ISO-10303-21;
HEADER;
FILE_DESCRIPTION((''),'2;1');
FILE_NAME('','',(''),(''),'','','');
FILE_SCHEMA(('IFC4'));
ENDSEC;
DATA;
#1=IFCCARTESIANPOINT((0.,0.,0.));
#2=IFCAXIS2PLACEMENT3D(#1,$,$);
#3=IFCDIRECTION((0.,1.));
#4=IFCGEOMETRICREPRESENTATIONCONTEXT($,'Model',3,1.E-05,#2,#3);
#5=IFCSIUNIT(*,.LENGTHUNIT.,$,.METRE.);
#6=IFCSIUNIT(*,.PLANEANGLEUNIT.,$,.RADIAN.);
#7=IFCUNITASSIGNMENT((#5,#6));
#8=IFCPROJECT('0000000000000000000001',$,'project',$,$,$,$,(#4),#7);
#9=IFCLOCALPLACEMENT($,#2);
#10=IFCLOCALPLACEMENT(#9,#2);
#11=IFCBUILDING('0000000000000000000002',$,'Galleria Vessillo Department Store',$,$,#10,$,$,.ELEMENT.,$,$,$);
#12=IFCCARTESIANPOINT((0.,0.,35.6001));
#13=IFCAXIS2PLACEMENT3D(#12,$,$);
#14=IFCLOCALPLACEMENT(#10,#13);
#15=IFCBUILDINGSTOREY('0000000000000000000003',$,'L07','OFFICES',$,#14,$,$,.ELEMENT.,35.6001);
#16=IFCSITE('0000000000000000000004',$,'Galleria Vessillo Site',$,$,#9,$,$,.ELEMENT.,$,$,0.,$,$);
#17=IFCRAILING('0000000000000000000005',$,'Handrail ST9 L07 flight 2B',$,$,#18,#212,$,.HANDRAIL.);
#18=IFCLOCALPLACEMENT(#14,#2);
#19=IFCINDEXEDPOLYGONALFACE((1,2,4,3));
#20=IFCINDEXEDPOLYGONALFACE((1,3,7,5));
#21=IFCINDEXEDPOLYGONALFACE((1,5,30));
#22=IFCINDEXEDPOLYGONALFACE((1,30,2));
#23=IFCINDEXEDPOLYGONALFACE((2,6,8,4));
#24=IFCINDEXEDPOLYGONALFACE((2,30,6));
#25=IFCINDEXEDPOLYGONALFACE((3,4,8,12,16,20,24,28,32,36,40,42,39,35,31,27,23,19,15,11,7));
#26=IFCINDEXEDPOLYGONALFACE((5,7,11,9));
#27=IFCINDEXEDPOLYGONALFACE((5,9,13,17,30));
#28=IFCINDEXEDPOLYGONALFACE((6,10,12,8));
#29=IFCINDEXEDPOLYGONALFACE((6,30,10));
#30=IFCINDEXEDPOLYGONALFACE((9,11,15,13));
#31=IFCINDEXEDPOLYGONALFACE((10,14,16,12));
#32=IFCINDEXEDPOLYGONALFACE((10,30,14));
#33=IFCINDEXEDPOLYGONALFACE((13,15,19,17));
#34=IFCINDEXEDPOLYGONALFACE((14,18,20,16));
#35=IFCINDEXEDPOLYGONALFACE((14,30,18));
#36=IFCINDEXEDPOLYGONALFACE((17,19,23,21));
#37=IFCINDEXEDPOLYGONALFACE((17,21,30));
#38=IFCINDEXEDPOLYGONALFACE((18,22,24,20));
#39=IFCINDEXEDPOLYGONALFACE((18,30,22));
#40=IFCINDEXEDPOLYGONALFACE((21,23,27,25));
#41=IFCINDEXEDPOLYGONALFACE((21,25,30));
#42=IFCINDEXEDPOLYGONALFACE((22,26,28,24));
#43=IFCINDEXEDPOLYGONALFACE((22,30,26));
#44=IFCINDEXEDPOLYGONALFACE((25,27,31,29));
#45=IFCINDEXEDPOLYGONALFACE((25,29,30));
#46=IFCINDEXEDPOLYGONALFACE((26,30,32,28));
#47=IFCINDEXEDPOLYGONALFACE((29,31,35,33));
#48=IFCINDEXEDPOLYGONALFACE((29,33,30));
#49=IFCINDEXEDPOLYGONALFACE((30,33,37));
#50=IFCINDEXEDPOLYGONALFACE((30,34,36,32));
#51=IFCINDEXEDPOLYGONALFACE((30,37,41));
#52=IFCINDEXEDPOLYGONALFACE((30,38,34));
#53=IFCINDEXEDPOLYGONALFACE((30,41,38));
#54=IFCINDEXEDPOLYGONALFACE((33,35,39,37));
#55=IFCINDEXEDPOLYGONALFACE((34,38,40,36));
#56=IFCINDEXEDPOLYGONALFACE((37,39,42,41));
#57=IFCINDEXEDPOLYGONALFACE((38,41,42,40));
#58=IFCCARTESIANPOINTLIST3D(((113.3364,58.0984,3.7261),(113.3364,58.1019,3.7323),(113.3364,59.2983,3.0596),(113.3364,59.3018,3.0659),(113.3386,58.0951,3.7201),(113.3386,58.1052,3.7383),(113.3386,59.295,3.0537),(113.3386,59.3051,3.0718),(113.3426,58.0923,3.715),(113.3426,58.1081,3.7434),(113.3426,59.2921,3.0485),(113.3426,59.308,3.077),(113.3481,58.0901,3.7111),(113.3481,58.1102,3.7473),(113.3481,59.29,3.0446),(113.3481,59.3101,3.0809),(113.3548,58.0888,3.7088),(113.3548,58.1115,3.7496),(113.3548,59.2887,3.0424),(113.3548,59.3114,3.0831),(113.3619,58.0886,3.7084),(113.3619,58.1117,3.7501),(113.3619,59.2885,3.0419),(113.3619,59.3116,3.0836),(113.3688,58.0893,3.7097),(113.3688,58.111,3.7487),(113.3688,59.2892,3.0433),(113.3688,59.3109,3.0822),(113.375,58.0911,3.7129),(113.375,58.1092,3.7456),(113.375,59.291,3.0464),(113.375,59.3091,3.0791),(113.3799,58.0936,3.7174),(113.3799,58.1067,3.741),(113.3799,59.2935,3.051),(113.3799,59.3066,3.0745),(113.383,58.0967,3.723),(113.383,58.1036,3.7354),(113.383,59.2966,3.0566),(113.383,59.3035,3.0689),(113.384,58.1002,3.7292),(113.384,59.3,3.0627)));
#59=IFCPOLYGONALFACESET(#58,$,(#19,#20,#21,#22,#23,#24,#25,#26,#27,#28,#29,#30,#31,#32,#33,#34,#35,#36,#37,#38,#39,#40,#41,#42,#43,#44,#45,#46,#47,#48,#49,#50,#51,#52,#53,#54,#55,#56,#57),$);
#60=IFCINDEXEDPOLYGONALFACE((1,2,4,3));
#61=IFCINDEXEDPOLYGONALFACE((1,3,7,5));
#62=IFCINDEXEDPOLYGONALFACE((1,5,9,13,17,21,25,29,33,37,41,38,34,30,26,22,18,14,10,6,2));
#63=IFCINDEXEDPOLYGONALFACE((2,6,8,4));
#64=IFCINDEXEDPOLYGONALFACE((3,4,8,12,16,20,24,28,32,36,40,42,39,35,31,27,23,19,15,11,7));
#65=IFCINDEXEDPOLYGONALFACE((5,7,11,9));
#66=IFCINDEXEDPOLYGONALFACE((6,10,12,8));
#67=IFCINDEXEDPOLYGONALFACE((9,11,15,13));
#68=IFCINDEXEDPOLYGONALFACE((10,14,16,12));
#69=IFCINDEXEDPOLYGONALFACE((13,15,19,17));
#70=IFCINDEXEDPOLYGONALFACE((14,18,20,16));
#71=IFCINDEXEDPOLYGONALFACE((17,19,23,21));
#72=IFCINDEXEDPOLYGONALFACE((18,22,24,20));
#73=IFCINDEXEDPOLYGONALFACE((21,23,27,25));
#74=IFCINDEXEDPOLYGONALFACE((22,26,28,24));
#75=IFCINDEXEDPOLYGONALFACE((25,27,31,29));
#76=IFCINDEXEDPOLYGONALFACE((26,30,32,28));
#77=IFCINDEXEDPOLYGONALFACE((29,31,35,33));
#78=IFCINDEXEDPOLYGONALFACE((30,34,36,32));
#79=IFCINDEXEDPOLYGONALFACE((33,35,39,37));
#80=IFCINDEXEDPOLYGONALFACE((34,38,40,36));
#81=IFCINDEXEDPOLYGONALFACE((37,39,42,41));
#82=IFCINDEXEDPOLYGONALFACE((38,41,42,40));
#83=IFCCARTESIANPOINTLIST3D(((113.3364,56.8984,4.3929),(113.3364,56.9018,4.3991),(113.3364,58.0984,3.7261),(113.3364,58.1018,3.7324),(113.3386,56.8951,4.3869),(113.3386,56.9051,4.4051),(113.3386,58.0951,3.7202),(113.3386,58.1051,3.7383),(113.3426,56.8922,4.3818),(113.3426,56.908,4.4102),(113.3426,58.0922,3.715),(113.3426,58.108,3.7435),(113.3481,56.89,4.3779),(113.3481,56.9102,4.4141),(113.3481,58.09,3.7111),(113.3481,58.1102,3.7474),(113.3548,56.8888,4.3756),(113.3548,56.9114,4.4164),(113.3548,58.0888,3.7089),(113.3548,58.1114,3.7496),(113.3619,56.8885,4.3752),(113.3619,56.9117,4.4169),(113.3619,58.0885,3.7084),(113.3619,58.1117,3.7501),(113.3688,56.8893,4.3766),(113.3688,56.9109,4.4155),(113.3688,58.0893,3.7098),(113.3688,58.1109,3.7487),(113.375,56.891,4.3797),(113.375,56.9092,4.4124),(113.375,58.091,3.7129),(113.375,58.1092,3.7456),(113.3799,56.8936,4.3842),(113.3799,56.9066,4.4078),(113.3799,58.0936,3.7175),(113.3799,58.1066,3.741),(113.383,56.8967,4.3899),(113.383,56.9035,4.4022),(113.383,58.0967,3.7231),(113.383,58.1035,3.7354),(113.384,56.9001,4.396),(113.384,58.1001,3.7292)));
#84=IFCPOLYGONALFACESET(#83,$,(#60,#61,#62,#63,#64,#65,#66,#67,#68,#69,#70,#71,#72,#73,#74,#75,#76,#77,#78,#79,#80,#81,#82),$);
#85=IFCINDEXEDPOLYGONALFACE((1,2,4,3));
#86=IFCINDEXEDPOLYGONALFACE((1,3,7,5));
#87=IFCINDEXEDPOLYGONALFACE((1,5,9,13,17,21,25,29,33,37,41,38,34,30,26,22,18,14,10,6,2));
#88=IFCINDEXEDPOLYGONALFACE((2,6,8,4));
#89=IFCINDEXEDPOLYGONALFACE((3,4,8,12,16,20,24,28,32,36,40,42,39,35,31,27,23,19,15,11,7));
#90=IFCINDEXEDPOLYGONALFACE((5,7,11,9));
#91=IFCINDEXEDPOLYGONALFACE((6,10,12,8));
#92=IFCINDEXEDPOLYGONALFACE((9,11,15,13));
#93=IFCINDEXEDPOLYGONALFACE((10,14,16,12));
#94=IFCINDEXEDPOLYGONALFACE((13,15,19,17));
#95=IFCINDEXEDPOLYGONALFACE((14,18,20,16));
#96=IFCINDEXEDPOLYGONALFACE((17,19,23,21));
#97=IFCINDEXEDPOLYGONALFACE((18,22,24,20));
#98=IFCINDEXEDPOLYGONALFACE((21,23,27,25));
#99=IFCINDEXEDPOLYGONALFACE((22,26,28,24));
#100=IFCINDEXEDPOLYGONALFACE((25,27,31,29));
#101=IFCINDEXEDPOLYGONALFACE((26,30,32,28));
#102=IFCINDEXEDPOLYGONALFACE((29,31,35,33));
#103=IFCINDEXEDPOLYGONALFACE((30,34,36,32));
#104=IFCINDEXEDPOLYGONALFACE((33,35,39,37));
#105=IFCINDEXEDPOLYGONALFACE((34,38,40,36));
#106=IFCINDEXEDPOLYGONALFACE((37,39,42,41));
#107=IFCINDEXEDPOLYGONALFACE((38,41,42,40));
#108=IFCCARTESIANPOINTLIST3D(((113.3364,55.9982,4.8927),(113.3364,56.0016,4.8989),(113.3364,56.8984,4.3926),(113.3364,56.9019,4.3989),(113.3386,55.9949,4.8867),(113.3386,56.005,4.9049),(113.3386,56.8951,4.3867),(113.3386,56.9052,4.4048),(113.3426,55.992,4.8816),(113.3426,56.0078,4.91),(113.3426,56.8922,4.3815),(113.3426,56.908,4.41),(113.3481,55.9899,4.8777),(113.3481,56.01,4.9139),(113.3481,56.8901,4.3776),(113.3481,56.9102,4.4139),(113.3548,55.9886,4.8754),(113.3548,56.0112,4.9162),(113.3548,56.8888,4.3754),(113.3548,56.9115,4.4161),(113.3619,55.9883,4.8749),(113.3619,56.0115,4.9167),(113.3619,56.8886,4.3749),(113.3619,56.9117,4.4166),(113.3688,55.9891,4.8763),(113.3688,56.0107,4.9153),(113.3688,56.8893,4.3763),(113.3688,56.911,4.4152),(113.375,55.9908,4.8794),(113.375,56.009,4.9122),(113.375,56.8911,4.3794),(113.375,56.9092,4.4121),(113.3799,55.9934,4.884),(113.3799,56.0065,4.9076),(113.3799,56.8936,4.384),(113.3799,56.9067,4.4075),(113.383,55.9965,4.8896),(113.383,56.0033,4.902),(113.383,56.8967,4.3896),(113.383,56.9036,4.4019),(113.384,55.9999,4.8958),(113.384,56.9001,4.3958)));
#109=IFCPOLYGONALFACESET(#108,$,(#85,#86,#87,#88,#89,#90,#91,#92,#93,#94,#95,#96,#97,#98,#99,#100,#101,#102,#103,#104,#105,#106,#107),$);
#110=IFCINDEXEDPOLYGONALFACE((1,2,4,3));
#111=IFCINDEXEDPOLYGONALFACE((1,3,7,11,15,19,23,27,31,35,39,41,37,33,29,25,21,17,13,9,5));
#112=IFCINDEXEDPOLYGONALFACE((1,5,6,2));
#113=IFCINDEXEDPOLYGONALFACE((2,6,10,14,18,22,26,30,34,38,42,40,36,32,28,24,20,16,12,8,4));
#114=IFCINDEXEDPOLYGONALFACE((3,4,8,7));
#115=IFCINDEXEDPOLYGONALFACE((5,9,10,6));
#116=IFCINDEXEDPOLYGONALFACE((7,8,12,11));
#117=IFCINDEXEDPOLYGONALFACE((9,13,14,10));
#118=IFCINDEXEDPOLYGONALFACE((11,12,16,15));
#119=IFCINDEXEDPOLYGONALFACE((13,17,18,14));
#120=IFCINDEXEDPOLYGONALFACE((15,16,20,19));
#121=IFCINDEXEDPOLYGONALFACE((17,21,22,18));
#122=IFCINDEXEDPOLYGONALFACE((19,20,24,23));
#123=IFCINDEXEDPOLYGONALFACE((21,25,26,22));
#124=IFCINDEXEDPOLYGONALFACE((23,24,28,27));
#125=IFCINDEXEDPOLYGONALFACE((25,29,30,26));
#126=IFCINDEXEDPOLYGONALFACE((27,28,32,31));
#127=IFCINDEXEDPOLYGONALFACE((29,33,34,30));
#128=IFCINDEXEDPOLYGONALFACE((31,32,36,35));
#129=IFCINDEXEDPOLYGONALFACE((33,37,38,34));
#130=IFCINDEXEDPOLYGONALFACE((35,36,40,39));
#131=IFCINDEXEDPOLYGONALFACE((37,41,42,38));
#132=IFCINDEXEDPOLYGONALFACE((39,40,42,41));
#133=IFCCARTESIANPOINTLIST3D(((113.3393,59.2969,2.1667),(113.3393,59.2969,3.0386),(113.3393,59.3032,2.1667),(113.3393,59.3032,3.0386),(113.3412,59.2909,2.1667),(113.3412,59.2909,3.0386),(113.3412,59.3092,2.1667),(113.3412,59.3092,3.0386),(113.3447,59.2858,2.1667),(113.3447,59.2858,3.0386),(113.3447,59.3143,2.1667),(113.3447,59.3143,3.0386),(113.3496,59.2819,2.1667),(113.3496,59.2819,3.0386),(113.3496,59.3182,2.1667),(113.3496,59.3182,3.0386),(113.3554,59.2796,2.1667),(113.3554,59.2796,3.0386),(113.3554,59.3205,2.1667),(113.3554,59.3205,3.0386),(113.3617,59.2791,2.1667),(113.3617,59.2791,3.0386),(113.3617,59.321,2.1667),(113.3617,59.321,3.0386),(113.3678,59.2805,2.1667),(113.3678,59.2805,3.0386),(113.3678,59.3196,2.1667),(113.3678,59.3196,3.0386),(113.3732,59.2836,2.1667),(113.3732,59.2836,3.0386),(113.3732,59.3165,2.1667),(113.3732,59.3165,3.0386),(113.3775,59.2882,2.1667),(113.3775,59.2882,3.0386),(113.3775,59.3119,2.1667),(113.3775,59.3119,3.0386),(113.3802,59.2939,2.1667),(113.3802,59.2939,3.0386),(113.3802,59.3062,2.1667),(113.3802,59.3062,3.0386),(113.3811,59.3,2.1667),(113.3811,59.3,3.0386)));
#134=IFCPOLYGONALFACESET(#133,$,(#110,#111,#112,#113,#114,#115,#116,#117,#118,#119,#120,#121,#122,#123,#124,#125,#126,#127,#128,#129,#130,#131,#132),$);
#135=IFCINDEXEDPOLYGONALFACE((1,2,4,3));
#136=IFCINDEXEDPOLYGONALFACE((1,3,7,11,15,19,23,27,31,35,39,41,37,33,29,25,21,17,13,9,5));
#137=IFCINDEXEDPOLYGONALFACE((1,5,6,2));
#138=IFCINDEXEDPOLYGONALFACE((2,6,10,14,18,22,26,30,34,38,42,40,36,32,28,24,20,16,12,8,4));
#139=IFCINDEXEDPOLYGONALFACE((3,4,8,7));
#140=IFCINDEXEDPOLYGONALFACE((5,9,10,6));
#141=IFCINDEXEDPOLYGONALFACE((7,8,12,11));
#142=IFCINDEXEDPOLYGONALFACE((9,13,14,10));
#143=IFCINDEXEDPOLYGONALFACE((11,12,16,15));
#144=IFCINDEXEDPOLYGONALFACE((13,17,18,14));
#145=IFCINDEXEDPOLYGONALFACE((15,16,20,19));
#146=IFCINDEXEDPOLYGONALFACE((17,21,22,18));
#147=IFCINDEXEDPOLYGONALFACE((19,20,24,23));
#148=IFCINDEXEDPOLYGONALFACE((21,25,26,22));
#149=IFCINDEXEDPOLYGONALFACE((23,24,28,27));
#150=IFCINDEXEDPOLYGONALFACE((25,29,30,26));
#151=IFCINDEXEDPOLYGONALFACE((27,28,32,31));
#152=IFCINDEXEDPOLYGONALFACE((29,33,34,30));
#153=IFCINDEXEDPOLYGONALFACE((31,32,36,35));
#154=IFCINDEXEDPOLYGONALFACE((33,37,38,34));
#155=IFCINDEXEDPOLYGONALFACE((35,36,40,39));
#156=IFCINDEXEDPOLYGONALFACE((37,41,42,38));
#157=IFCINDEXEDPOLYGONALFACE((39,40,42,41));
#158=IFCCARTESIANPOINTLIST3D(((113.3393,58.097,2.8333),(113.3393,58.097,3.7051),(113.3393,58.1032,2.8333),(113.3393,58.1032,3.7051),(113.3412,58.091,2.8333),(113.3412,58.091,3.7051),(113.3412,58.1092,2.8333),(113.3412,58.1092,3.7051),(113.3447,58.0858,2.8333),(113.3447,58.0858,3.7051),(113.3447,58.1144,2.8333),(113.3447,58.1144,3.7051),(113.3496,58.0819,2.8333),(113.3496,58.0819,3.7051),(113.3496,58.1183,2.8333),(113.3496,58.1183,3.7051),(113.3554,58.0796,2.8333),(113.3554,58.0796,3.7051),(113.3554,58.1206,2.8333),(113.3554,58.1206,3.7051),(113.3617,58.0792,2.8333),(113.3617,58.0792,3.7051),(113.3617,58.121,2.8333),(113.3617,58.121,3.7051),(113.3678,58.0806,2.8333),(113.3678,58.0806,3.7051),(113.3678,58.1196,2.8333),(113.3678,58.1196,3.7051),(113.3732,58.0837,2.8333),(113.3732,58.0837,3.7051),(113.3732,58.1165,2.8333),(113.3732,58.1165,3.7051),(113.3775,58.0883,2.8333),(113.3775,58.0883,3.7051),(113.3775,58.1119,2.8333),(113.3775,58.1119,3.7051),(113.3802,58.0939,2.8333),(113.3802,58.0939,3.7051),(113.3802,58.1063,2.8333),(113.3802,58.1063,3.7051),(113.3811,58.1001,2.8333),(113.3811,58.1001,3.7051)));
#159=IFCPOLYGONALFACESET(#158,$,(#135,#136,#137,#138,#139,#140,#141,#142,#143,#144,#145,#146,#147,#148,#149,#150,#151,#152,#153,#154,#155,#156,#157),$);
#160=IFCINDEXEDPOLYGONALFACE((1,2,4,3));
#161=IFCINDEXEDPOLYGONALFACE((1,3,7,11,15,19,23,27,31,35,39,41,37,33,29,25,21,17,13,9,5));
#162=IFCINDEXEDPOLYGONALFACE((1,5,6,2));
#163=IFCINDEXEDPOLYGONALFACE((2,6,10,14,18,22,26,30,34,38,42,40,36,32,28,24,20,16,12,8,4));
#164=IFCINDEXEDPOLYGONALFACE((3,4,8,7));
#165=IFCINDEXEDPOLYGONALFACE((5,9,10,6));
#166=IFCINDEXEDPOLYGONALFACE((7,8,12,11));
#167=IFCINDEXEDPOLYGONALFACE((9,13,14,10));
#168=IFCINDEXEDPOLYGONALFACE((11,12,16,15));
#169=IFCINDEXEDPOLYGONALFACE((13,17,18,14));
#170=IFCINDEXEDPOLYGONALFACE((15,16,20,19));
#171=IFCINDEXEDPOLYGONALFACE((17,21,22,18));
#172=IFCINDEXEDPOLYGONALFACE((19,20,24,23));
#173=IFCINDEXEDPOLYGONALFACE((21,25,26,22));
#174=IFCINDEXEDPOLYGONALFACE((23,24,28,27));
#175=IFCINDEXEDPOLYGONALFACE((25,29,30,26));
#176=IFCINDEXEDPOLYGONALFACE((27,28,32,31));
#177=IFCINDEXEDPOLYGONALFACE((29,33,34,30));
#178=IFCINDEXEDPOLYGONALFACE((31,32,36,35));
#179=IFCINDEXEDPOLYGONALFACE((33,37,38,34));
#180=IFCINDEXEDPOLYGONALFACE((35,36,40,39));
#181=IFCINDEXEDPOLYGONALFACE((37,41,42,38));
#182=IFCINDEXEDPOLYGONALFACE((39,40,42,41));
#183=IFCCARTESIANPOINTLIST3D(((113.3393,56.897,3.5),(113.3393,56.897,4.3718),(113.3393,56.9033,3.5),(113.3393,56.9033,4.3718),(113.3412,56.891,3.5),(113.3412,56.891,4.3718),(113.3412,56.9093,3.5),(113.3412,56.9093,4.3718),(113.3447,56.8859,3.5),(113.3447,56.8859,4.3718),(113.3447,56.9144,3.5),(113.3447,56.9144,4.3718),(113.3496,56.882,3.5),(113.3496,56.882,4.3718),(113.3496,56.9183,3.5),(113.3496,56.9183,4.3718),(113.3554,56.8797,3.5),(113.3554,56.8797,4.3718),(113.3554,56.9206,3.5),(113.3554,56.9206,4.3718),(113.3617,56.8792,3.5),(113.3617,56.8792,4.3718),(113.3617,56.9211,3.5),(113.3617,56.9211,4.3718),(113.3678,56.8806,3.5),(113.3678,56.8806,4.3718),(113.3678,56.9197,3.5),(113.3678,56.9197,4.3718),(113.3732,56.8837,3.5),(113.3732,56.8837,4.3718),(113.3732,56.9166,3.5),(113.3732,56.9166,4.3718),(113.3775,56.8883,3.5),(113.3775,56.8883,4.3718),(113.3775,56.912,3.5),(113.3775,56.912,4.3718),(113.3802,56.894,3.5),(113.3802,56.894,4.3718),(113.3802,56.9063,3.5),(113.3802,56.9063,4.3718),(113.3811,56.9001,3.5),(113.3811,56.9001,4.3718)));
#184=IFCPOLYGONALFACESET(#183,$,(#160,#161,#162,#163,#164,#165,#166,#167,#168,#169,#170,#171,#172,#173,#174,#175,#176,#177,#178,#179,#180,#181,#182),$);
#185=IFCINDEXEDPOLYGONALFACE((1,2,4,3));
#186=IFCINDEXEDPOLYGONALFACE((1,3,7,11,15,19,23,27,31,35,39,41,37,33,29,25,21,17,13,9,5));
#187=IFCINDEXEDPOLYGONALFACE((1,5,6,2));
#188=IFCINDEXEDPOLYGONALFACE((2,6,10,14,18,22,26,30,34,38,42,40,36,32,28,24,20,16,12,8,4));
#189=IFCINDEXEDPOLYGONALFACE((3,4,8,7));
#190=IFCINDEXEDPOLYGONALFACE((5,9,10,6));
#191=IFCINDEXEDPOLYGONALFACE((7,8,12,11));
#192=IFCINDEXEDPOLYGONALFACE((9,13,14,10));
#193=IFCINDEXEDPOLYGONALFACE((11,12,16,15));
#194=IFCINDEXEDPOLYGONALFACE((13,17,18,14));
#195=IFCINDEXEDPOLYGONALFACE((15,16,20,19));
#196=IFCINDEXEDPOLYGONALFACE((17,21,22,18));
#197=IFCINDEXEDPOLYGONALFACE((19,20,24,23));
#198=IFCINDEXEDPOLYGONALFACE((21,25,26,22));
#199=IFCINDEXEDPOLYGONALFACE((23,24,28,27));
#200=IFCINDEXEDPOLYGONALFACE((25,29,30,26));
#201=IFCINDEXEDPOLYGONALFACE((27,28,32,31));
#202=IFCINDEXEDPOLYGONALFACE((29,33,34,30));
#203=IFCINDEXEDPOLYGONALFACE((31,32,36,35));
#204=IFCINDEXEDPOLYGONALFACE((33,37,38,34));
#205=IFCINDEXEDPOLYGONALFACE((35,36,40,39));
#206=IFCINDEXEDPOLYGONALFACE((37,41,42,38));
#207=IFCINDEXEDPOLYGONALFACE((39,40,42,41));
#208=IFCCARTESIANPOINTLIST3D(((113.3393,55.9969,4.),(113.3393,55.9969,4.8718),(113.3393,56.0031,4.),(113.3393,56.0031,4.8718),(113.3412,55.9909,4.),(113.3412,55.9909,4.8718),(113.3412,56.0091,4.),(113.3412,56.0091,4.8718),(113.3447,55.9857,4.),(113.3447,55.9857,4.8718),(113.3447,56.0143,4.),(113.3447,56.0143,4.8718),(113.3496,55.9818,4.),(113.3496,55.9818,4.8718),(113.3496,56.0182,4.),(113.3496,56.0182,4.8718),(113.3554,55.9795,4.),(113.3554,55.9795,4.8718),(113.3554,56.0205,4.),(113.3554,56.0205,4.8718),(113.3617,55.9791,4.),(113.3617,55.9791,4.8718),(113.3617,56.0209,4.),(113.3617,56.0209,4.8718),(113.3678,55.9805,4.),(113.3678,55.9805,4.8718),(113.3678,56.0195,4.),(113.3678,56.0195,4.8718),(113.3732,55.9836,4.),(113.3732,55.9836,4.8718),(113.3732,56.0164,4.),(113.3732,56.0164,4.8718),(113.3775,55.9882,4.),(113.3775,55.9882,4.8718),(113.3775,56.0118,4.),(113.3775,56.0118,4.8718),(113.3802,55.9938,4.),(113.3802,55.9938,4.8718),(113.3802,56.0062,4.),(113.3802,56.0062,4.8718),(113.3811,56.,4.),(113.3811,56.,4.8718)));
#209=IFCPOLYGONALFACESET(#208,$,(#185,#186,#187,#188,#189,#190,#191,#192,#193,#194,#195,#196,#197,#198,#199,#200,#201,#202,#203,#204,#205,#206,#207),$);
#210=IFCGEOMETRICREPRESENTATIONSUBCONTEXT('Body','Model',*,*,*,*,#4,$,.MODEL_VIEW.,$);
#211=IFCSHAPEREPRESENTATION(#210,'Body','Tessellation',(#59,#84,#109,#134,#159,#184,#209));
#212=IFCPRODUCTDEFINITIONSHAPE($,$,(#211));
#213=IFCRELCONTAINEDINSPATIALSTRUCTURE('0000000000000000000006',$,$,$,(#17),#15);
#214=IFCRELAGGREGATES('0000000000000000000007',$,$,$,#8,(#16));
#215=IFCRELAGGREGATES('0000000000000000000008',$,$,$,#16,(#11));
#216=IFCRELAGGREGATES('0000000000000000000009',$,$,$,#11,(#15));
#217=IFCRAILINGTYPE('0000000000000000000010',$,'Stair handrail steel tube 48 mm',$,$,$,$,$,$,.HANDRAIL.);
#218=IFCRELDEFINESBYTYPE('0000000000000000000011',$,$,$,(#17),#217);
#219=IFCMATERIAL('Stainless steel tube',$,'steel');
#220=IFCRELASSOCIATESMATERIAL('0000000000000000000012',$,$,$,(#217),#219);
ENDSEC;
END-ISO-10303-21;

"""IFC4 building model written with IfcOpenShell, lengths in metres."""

from ifc_helpers import new_model, si_unit, direction, frame, origin, origin_2d, place, context, subcontext, project, spatial, circle, extrude, material, type_object, element, save


model = new_model("IFC4")

# Units and contexts
model_context = context("Model", 3, precision=1e-05, world=origin(), true_north=direction((0.0, 1.0)))
body_context = subcontext(model_context, "Body", "Model", "MODEL_VIEW")
ifc_project = project(units=[si_unit("LENGTHUNIT", "METRE"), si_unit("PLANEANGLEUNIT", "RADIAN")], contexts=[model_context])

# Site, building, storey
site_placement = place(None, origin())
site = spatial("IfcSite", under=ifc_project, at=site_placement, Name="Galleria Vessillo Site", CompositionType="ELEMENT", RefElevation=0.0)
building_placement = place(site_placement, origin())
building = spatial("IfcBuilding", under=site, at=building_placement, Name="Galleria Vessillo Department Store", CompositionType="ELEMENT")
storey_placement = place(building_placement, frame((0.0, 0.0, 35.6001)))
storey = spatial("IfcBuildingStorey", under=building, at=storey_placement, Name="L07", Description="OFFICES", CompositionType="ELEMENT", Elevation=35.6001)

# Railing
ifc_material_1 = material(Name="Stainless steel tube", Category="steel")
railing_type = type_object("IfcRailingType", Name="Stair handrail steel tube 48 mm", PredefinedType="HANDRAIL", material=ifc_material_1)
for number, where, name in (
    (1, (113.3601, 59.3, 2.1667), "Handrail ST9 L07 flight 2B"),
):
    element("IfcRailing", number, at=place(storey_placement, frame(where)), inside=storey, type_object=railing_type, Name=name, PredefinedType="HANDRAIL", context=body_context, shape_type="SweptSolid", body=[
        extrude(circle(Radius=0.0239, at=origin_2d()), frame((0.0, 0.0, 0.896), z_axis=(0.0, -0.874199, 0.485567), x_axis=(1.0, 0.0, 0.0)), (0.0, 0.0, 1.0), 1.3726),
        extrude(circle(Radius=0.0239, at=origin_2d()), frame((0.0, -1.2, 1.5625), z_axis=(0.0, -0.874124, 0.485703), x_axis=(1.0, 0.0, 0.0)), (0.0, 0.0, 1.0), 1.3728),
        extrude(circle(Radius=0.0239, at=origin_2d()), frame((0.0, -2.3999, 2.229), z_axis=(0.0, -0.874191, 0.485583), x_axis=(1.0, 0.0, 0.0)), (0.0, 0.0, 1.0), 1.0298),
        extrude(circle(Radius=0.021, at=origin_2d()), origin(), (0.0, 0.0, 1.0), 0.8718),
        extrude(circle(Radius=0.021, at=origin_2d()), frame((0.0, -1.2, 0.6665)), (0.0, 0.0, 1.0), 0.8718),
        extrude(circle(Radius=0.021, at=origin_2d()), frame((0.0, -2.3999, 1.3333)), (0.0, 0.0, 1.0), 0.8718),
        extrude(circle(Radius=0.021, at=origin_2d()), frame((0.0, -3.3, 1.8333)), (0.0, 0.0, 1.0), 0.8718),
    ])

save(model, "model.ifc")
